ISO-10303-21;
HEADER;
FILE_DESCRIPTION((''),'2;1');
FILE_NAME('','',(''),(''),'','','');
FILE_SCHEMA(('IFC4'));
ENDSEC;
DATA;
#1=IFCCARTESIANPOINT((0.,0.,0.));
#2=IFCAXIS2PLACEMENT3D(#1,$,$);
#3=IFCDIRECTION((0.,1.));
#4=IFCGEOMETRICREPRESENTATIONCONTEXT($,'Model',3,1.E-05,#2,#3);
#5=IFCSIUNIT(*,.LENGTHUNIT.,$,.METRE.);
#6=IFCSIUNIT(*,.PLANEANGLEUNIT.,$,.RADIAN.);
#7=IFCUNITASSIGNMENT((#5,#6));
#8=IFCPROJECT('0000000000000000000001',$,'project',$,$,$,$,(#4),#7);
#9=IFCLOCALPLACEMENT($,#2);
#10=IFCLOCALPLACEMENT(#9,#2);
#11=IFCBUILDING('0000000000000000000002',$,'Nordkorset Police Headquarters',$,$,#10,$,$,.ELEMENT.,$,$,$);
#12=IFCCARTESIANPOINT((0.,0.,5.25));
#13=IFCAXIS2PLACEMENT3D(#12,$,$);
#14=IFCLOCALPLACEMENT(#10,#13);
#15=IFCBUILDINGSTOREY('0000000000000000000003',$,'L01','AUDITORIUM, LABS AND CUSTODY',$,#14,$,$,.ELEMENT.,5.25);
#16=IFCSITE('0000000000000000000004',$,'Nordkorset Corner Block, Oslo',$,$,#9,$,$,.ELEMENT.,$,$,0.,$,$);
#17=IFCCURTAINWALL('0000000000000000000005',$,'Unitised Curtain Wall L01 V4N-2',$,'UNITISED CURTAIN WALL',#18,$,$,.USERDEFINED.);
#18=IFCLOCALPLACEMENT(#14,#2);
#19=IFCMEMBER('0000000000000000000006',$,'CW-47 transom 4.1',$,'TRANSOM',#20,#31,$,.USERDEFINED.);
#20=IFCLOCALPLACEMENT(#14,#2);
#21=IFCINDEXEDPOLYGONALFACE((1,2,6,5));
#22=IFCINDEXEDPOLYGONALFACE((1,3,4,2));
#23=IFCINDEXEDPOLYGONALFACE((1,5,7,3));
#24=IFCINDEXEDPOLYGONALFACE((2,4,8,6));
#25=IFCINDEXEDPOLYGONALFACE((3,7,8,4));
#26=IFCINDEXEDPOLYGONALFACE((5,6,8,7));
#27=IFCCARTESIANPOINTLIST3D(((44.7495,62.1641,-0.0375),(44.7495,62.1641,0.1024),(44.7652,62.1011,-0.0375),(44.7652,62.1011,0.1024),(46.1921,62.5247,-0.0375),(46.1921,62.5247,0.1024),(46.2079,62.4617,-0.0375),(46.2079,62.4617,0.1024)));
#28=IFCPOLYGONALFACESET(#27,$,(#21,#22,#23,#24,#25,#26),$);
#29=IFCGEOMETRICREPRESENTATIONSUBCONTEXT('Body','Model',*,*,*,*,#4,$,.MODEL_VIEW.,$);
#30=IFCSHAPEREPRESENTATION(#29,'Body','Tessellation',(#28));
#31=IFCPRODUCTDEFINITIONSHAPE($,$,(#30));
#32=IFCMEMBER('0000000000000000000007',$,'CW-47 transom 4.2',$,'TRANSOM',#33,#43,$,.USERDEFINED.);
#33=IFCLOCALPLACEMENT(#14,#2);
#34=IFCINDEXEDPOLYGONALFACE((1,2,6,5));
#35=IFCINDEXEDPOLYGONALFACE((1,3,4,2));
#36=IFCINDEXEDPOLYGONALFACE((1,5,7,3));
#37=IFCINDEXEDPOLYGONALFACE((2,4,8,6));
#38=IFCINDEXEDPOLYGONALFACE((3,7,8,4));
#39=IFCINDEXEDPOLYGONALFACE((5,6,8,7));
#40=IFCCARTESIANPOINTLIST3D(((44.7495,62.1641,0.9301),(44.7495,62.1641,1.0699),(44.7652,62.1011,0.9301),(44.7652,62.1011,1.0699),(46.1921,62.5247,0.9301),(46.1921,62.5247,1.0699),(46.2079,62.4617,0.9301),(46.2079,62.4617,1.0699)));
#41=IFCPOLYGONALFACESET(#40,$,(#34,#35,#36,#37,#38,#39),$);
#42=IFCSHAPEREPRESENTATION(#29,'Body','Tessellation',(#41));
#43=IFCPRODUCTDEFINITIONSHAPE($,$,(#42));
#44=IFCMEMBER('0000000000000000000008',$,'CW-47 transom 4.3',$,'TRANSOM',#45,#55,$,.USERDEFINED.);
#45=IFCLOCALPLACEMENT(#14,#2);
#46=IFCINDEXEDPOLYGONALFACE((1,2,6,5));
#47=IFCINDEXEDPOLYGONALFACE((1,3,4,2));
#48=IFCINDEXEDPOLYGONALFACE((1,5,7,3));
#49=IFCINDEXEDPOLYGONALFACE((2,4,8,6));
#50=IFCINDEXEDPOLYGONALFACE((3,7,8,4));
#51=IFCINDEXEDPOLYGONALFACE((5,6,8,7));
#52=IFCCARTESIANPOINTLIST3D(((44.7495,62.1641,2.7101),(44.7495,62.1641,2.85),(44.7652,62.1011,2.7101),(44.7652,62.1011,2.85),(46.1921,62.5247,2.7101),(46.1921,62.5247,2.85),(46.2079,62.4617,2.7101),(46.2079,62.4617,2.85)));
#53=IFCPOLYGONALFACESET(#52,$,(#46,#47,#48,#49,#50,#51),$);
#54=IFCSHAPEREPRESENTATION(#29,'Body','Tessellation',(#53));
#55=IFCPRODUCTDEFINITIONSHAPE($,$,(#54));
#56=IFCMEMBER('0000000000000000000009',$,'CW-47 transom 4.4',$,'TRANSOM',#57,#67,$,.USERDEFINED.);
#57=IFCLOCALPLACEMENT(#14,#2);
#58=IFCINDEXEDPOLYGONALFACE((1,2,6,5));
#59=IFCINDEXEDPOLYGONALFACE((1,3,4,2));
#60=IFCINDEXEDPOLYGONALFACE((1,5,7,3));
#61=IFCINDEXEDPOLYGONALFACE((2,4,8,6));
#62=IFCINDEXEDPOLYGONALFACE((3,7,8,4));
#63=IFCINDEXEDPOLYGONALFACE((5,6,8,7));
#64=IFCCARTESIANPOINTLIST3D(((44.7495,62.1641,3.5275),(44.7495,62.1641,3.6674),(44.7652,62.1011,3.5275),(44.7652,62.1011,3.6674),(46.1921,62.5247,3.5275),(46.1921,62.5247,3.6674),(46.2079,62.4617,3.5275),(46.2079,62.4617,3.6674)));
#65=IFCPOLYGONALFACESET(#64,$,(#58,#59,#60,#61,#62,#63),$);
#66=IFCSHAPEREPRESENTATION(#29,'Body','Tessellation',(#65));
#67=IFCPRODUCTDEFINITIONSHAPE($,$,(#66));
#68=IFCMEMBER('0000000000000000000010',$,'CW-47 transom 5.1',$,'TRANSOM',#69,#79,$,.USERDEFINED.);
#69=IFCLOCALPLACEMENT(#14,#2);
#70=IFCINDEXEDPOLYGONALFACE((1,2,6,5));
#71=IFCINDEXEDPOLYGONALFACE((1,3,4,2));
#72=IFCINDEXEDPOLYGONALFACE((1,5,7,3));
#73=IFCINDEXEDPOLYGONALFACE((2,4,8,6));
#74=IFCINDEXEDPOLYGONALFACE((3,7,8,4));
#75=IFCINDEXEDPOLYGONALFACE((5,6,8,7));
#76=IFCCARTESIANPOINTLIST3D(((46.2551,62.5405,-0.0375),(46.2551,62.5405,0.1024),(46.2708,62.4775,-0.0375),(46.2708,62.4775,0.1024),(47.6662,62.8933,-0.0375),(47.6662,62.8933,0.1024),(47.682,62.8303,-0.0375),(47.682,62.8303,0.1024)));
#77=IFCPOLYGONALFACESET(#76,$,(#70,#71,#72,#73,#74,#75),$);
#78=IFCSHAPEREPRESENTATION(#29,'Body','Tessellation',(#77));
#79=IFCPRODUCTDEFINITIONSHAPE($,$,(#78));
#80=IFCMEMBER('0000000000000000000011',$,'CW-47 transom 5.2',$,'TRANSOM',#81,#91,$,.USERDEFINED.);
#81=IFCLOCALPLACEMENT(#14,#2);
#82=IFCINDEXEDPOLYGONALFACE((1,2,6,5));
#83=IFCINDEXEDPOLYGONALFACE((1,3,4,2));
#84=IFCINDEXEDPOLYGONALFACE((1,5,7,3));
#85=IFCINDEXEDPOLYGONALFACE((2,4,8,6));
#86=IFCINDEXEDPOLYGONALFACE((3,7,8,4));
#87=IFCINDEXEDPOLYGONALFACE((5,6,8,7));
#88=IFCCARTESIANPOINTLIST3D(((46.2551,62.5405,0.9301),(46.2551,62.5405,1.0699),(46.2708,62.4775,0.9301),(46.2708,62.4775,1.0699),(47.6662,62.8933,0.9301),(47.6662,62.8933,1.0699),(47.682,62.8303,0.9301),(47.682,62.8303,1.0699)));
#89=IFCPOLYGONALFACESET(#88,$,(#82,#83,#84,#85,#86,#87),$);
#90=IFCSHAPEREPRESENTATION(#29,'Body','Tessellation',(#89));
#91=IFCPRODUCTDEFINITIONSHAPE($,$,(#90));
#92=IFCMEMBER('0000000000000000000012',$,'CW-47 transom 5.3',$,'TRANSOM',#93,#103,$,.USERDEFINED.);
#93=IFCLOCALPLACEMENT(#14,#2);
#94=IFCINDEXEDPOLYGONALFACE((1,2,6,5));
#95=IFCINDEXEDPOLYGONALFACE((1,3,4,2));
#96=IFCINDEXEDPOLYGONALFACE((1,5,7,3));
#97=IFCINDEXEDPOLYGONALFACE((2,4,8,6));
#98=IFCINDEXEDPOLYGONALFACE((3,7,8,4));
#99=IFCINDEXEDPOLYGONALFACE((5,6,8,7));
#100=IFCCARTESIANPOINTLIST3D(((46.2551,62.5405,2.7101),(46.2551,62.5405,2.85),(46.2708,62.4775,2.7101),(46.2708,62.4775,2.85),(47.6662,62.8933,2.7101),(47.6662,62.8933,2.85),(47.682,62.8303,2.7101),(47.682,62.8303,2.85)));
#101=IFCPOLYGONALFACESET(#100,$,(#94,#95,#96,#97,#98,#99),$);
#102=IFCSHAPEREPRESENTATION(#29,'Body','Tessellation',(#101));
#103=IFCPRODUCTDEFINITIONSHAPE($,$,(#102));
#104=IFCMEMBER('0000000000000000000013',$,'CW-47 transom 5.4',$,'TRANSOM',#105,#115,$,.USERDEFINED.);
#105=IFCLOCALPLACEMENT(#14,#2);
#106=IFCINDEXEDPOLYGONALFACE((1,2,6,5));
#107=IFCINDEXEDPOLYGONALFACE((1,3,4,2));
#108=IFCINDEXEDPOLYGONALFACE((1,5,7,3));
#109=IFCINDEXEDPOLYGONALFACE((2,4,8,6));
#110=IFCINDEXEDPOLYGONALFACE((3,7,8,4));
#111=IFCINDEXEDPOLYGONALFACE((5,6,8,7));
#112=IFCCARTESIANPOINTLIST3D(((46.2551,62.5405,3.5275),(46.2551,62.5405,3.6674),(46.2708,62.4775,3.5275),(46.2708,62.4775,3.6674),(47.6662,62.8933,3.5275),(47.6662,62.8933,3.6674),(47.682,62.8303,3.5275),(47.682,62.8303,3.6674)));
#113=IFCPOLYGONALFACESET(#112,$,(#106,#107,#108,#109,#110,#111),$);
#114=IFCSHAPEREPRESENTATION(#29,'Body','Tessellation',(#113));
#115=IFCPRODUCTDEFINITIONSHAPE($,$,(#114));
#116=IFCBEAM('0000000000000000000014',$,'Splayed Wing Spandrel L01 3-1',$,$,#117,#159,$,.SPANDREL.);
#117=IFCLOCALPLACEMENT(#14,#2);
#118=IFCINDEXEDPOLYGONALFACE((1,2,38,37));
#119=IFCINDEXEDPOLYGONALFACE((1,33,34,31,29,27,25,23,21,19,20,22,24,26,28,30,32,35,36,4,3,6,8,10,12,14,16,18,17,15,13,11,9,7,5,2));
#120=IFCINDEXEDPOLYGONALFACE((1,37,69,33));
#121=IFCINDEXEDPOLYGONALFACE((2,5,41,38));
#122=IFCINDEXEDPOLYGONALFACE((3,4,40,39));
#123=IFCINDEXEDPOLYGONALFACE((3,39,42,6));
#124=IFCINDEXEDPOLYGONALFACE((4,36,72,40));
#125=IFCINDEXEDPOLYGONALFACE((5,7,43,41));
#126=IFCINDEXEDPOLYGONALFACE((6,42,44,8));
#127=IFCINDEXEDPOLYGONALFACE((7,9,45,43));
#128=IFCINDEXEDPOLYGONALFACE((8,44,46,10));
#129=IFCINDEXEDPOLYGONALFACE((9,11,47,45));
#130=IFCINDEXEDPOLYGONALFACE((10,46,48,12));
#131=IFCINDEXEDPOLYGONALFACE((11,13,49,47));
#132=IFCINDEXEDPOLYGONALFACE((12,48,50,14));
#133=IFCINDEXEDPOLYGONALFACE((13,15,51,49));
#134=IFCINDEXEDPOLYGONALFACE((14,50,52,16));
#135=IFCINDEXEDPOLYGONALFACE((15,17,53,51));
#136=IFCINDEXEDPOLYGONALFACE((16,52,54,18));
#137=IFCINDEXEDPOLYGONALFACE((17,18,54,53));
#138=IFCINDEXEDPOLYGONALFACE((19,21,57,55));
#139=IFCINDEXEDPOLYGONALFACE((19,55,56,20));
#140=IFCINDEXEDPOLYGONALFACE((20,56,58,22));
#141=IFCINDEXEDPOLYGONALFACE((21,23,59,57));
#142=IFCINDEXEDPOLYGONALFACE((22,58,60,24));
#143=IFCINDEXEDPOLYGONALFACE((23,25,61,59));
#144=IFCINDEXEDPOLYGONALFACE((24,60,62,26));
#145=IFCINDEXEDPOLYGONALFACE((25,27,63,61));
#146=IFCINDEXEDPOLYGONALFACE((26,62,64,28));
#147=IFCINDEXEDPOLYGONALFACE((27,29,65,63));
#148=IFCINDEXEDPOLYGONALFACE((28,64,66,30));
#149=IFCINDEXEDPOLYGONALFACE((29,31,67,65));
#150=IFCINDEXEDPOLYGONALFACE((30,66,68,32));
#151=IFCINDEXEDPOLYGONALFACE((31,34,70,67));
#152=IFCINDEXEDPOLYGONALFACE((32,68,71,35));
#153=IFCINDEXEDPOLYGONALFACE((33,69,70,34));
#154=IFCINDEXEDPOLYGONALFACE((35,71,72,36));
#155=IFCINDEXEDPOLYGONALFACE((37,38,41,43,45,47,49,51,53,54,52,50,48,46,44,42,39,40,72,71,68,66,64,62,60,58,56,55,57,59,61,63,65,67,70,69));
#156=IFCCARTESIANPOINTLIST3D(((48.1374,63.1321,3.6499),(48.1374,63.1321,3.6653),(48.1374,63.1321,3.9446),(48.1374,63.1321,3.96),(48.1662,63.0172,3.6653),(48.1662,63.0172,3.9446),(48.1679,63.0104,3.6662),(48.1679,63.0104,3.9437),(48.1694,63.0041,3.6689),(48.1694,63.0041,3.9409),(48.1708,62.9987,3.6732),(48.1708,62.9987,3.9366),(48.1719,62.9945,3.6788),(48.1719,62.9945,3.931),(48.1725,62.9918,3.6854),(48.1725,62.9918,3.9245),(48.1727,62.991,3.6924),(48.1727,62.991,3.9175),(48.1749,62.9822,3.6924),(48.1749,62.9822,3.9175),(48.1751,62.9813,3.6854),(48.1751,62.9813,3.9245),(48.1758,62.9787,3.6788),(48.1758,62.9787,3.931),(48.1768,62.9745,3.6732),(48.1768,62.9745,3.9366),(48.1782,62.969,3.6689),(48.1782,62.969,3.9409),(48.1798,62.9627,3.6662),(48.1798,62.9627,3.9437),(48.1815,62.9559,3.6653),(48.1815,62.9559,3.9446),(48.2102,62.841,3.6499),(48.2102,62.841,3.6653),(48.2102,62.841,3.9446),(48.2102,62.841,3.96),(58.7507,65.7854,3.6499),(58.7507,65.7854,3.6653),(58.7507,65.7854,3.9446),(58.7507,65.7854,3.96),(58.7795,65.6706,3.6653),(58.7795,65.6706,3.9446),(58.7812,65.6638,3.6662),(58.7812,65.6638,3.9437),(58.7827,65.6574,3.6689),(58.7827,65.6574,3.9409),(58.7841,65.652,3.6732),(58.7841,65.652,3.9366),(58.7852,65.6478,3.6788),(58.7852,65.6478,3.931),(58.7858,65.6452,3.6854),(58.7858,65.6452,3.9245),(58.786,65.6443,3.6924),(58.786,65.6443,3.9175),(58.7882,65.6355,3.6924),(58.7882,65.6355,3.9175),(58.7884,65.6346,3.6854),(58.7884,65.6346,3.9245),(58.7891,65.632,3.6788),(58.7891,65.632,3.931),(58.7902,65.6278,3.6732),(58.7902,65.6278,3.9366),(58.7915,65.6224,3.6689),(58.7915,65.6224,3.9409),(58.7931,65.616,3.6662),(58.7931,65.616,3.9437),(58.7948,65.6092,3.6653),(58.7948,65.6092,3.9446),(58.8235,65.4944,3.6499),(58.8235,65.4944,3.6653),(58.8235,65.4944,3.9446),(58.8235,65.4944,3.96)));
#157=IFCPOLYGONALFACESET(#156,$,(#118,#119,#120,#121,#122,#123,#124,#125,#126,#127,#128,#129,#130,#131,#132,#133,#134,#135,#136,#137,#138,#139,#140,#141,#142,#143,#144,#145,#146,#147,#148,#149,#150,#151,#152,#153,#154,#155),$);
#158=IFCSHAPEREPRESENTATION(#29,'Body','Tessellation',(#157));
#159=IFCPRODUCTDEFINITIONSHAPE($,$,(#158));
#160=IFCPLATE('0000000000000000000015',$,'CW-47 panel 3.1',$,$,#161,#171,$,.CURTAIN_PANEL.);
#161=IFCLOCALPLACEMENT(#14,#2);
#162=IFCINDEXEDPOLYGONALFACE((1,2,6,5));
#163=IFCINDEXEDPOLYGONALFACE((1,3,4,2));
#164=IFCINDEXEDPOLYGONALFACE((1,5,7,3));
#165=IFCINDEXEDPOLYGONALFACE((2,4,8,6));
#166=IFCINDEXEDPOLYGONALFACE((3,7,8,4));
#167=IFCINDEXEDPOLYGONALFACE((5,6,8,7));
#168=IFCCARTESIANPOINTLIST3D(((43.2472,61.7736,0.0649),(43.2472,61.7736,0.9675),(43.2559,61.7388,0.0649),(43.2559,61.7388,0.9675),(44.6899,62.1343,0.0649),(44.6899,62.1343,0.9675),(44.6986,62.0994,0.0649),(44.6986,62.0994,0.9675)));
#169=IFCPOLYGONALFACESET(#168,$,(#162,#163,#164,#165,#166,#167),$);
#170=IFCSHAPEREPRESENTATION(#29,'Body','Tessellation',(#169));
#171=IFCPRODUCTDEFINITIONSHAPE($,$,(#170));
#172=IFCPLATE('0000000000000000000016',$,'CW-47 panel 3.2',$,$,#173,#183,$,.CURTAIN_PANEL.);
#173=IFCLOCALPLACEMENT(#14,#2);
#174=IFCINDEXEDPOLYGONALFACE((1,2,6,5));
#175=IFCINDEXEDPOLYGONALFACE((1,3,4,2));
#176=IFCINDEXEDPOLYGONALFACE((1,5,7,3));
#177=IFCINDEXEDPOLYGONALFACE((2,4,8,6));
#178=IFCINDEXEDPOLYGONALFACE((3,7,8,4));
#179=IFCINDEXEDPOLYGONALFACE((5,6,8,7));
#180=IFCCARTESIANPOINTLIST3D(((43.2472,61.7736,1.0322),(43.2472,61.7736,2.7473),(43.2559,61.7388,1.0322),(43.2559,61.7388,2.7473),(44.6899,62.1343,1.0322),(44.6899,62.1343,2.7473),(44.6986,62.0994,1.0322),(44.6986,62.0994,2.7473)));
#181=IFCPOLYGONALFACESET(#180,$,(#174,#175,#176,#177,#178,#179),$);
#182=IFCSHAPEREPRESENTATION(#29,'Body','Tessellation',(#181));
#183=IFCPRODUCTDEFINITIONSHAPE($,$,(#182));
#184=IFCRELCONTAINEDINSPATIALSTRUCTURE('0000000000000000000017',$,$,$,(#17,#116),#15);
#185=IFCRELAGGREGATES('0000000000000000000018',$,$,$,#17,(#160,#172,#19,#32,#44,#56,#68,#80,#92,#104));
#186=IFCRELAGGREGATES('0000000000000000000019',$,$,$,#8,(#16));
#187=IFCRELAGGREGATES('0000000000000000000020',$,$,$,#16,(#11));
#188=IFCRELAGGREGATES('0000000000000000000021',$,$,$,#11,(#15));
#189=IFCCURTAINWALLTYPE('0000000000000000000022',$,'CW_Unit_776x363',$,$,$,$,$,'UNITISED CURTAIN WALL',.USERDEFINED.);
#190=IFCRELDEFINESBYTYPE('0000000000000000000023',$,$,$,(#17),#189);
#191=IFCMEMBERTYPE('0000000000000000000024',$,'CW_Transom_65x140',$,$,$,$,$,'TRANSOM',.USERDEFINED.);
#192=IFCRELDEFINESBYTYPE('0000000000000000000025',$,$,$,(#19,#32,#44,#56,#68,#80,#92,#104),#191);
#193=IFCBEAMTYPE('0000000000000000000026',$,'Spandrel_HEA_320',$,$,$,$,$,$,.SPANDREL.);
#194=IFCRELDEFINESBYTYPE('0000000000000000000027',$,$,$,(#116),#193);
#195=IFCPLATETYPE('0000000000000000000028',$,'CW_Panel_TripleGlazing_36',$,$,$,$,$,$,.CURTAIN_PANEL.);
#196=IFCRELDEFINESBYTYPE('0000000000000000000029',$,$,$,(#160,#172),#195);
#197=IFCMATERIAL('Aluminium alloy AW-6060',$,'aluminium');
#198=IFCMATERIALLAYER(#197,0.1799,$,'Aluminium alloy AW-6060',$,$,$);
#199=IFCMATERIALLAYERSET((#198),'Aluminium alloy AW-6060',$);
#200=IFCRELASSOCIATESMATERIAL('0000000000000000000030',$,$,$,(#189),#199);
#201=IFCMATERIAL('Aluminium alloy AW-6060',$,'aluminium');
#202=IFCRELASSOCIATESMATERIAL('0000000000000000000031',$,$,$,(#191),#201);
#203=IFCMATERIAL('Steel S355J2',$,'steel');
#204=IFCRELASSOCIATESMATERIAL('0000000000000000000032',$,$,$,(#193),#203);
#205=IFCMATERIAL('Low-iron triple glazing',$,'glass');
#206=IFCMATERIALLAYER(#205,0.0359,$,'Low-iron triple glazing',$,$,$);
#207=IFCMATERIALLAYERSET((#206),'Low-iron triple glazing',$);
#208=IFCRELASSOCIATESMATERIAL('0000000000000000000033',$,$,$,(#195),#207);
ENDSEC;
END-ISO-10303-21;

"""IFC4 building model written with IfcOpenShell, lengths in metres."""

from ifc_helpers import new_model, si_unit, direction, frame, origin, origin_2d, place, context, subcontext, project, spatial, rectangle, i_section, extrude, material, layer, layer_set, material_profile, profile_set, type_object, element, aggregate, save


model = new_model("IFC4")

# Units and contexts
model_context = context("Model", 3, precision=1e-05, world=origin(), true_north=direction((0.0, 1.0)))
body_context = subcontext(model_context, "Body", "Model", "MODEL_VIEW")
ifc_project = project(units=[si_unit("LENGTHUNIT", "METRE"), si_unit("PLANEANGLEUNIT", "RADIAN")], contexts=[model_context])

# Site, building, storey
site_placement = place(None, origin())
site = spatial("IfcSite", under=ifc_project, at=site_placement, Name="Nordkorset Corner Block, Oslo", CompositionType="ELEMENT", RefElevation=0.0)
building_placement = place(site_placement, origin())
building = spatial("IfcBuilding", under=site, at=building_placement, Name="Nordkorset Police Headquarters", CompositionType="ELEMENT")
storey_placement = place(building_placement, frame((0.0, 0.0, 5.25)))
storey = spatial("IfcBuildingStorey", under=building, at=storey_placement, Name="L01", Description="AUDITORIUM, LABS AND CUSTODY", CompositionType="ELEMENT", Elevation=5.25)

# Curtain wall, members
ifc_material_1 = material(Name="Aluminium alloy AW-6060", Category="aluminium")
ifc_layer_1 = layer(ifc_material_1, 0.1799, Name="Aluminium alloy AW-6060")
ifc_layer_set_1 = layer_set([ifc_layer_1], Name="Aluminium alloy AW-6060")
curtain_wall_type = type_object("IfcCurtainWallType", Name="CW_Unit_776x363", ElementType="UNITISED CURTAIN WALL", PredefinedType="USERDEFINED", material=ifc_layer_set_1)
curtain_wall_placement = place(storey_placement, origin())
curtain_wall = element("IfcCurtainWall", 1, at=curtain_wall_placement, inside=storey, type_object=curtain_wall_type, Name="Unitised Curtain Wall L01 V4N-2", ObjectType="UNITISED CURTAIN WALL", PredefinedType="USERDEFINED")
ifc_material_2 = material(Name="Aluminium alloy AW-6060", Category="aluminium")
ifc_material_profile_1 = material_profile(ifc_material_2, rectangle(XDim=0.0649, YDim=0.1399, at=origin_2d()), Name="ALU TRAN 65x140")
ifc_profile_set_1 = profile_set([ifc_material_profile_1], Name="Aluminium alloy AW-6060")
member_type_1 = type_object("IfcMemberType", Name="CW_Transom_65x140", ElementType="TRANSOM", PredefinedType="USERDEFINED", material=ifc_profile_set_1)
member_1_placement = place(storey_placement, frame((44.7573, 62.1326, 0.0325), z_axis=(0.970152, 0.242497, 0.0), x_axis=(-0.242497, 0.970152, 0.0)))
member_1 = element("IfcMember", 2, at=member_1_placement, type_object=member_type_1, Name="CW-47 transom 4.1", ObjectType="TRANSOM", PredefinedType="USERDEFINED", context=body_context, shape_type="SweptSolid", body=[
    extrude(rectangle(XDim=0.0649, YDim=0.1399, at=origin_2d()), origin(), (0.0, 0.0, 1.0), 1.4871),
])
member_2_placement = place(storey_placement, frame((44.7573, 62.1326, 1.0), z_axis=(0.970152, 0.242497, 0.0), x_axis=(-0.242497, 0.970152, 0.0)))
member_2 = element("IfcMember", 3, at=member_2_placement, type_object=member_type_1, Name="CW-47 transom 4.2", ObjectType="TRANSOM", PredefinedType="USERDEFINED", context=body_context, shape_type="SweptSolid", body=[
    extrude(rectangle(XDim=0.0649, YDim=0.1399, at=origin_2d()), origin(), (0.0, 0.0, 1.0), 1.4871),
])
member_3_placement = place(storey_placement, frame((44.7573, 62.1326, 2.78), z_axis=(0.970152, 0.242497, 0.0), x_axis=(-0.242497, 0.970152, 0.0)))
member_3 = element("IfcMember", 4, at=member_3_placement, type_object=member_type_1, Name="CW-47 transom 4.3", ObjectType="TRANSOM", PredefinedType="USERDEFINED", context=body_context, shape_type="SweptSolid", body=[
    extrude(rectangle(XDim=0.0649, YDim=0.1399, at=origin_2d()), origin(), (0.0, 0.0, 1.0), 1.4871),
])
member_4_placement = place(storey_placement, frame((44.7573, 62.1326, 3.5974), z_axis=(0.970152, 0.242497, 0.0), x_axis=(-0.242497, 0.970152, 0.0)))
member_4 = element("IfcMember", 5, at=member_4_placement, type_object=member_type_1, Name="CW-47 transom 4.4", ObjectType="TRANSOM", PredefinedType="USERDEFINED", context=body_context, shape_type="SweptSolid", body=[
    extrude(rectangle(XDim=0.0649, YDim=0.1399, at=origin_2d()), origin(), (0.0, 0.0, 1.0), 1.4871),
])
member_5_placement = place(storey_placement, frame((46.2629, 62.509, 0.0325), z_axis=(0.970143, 0.242536, 0.0), x_axis=(-0.242536, 0.970143, 0.0)))
member_5 = element("IfcMember", 6, at=member_5_placement, type_object=member_type_1, Name="CW-47 transom 5.1", ObjectType="TRANSOM", PredefinedType="USERDEFINED", context=body_context, shape_type="SweptSolid", body=[
    extrude(rectangle(XDim=0.0649, YDim=0.1399, at=origin_2d()), origin(), (0.0, 0.0, 1.0), 1.4546),
])
member_6_placement = place(storey_placement, frame((46.2629, 62.509, 1.0), z_axis=(0.970143, 0.242536, 0.0), x_axis=(-0.242536, 0.970143, 0.0)))
member_6 = element("IfcMember", 7, at=member_6_placement, type_object=member_type_1, Name="CW-47 transom 5.2", ObjectType="TRANSOM", PredefinedType="USERDEFINED", context=body_context, shape_type="SweptSolid", body=[
    extrude(rectangle(XDim=0.0649, YDim=0.1399, at=origin_2d()), origin(), (0.0, 0.0, 1.0), 1.4546),
])
member_7_placement = place(storey_placement, frame((46.2629, 62.509, 2.78), z_axis=(0.970143, 0.242536, 0.0), x_axis=(-0.242536, 0.970143, 0.0)))
member_7 = element("IfcMember", 8, at=member_7_placement, type_object=member_type_1, Name="CW-47 transom 5.3", ObjectType="TRANSOM", PredefinedType="USERDEFINED", context=body_context, shape_type="SweptSolid", body=[
    extrude(rectangle(XDim=0.0649, YDim=0.1399, at=origin_2d()), origin(), (0.0, 0.0, 1.0), 1.4546),
])
member_8_placement = place(storey_placement, frame((46.2629, 62.509, 3.5974), z_axis=(0.970143, 0.242536, 0.0), x_axis=(-0.242536, 0.970143, 0.0)))
member_8 = element("IfcMember", 9, at=member_8_placement, type_object=member_type_1, Name="CW-47 transom 5.4", ObjectType="TRANSOM", PredefinedType="USERDEFINED", context=body_context, shape_type="SweptSolid", body=[
    extrude(rectangle(XDim=0.0649, YDim=0.1399, at=origin_2d()), origin(), (0.0, 0.0, 1.0), 1.4546),
])

# Beam
ifc_material_3 = material(Name="Steel S355J2", Category="steel")
ifc_material_profile_2 = material_profile(ifc_material_3, i_section(OverallWidth=0.3, OverallDepth=0.3101, WebThickness=0.009, FlangeThickness=0.0154, FilletRadius=0.0271, at=origin_2d()), Name="HEA 320")
ifc_profile_set_2 = profile_set([ifc_material_profile_2], Name="Steel S355J2")
beam_type_1 = type_object("IfcBeamType", Name="Spandrel_HEA_320", PredefinedType="SPANDREL", material=ifc_profile_set_2)
beam_placement = place(storey_placement, frame((48.1738, 62.9866, 3.8049), z_axis=(0.970143, 0.242536, 0.0), x_axis=(-0.242536, 0.970143, 0.0)))
element("IfcBeam", 10, at=beam_placement, inside=storey, type_object=beam_type_1, Name="Splayed Wing Spandrel L01 3-1", PredefinedType="SPANDREL", context=body_context, shape_type="SweptSolid", body=[
    extrude(i_section(OverallWidth=0.3, OverallDepth=0.3101, WebThickness=0.009, FlangeThickness=0.0154, FilletRadius=0.0271, at=origin_2d()), origin(), (0.0, 0.0, 1.0), 10.9399),
])

# Plates
ifc_material_4 = material(Name="Low-iron triple glazing", Category="glass")
ifc_layer_2 = layer(ifc_material_4, 0.0359, Name="Low-iron triple glazing")
ifc_layer_set_2 = layer_set([ifc_layer_2], Name="Low-iron triple glazing")
plate_type = type_object("IfcPlateType", Name="CW_Panel_TripleGlazing_36", PredefinedType="CURTAIN_PANEL", material=ifc_layer_set_2)
plate_1_placement = place(storey_placement, frame((43.9729, 61.9365, 0.0649), z_axis=(0.0, 0.0, 1.0), x_axis=(0.970142, 0.242536, 0.0)))
plate_1 = element("IfcPlate", 11, at=plate_1_placement, type_object=plate_type, Name="CW-47 panel 3.1", PredefinedType="CURTAIN_PANEL", context=body_context, shape_type="SweptSolid", body=[
    extrude(rectangle(XDim=1.4871, YDim=0.0359, at=origin_2d()), origin(), (0.0, 0.0, 1.0), 0.9026),
])
plate_2_placement = place(storey_placement, frame((43.9729, 61.9365, 1.0322), z_axis=(0.0, 0.0, 1.0), x_axis=(0.970142, 0.242536, 0.0)))
plate_2 = element("IfcPlate", 12, at=plate_2_placement, type_object=plate_type, Name="CW-47 panel 3.2", PredefinedType="CURTAIN_PANEL", context=body_context, shape_type="SweptSolid", body=[
    extrude(rectangle(XDim=1.4871, YDim=0.0359, at=origin_2d()), origin(), (0.0, 0.0, 1.0), 1.7151),
])
aggregate(curtain_wall, [plate_1, plate_2, member_1, member_2, member_3, member_4, member_5, member_6, member_7, member_8])

save(model, "model.ifc")
